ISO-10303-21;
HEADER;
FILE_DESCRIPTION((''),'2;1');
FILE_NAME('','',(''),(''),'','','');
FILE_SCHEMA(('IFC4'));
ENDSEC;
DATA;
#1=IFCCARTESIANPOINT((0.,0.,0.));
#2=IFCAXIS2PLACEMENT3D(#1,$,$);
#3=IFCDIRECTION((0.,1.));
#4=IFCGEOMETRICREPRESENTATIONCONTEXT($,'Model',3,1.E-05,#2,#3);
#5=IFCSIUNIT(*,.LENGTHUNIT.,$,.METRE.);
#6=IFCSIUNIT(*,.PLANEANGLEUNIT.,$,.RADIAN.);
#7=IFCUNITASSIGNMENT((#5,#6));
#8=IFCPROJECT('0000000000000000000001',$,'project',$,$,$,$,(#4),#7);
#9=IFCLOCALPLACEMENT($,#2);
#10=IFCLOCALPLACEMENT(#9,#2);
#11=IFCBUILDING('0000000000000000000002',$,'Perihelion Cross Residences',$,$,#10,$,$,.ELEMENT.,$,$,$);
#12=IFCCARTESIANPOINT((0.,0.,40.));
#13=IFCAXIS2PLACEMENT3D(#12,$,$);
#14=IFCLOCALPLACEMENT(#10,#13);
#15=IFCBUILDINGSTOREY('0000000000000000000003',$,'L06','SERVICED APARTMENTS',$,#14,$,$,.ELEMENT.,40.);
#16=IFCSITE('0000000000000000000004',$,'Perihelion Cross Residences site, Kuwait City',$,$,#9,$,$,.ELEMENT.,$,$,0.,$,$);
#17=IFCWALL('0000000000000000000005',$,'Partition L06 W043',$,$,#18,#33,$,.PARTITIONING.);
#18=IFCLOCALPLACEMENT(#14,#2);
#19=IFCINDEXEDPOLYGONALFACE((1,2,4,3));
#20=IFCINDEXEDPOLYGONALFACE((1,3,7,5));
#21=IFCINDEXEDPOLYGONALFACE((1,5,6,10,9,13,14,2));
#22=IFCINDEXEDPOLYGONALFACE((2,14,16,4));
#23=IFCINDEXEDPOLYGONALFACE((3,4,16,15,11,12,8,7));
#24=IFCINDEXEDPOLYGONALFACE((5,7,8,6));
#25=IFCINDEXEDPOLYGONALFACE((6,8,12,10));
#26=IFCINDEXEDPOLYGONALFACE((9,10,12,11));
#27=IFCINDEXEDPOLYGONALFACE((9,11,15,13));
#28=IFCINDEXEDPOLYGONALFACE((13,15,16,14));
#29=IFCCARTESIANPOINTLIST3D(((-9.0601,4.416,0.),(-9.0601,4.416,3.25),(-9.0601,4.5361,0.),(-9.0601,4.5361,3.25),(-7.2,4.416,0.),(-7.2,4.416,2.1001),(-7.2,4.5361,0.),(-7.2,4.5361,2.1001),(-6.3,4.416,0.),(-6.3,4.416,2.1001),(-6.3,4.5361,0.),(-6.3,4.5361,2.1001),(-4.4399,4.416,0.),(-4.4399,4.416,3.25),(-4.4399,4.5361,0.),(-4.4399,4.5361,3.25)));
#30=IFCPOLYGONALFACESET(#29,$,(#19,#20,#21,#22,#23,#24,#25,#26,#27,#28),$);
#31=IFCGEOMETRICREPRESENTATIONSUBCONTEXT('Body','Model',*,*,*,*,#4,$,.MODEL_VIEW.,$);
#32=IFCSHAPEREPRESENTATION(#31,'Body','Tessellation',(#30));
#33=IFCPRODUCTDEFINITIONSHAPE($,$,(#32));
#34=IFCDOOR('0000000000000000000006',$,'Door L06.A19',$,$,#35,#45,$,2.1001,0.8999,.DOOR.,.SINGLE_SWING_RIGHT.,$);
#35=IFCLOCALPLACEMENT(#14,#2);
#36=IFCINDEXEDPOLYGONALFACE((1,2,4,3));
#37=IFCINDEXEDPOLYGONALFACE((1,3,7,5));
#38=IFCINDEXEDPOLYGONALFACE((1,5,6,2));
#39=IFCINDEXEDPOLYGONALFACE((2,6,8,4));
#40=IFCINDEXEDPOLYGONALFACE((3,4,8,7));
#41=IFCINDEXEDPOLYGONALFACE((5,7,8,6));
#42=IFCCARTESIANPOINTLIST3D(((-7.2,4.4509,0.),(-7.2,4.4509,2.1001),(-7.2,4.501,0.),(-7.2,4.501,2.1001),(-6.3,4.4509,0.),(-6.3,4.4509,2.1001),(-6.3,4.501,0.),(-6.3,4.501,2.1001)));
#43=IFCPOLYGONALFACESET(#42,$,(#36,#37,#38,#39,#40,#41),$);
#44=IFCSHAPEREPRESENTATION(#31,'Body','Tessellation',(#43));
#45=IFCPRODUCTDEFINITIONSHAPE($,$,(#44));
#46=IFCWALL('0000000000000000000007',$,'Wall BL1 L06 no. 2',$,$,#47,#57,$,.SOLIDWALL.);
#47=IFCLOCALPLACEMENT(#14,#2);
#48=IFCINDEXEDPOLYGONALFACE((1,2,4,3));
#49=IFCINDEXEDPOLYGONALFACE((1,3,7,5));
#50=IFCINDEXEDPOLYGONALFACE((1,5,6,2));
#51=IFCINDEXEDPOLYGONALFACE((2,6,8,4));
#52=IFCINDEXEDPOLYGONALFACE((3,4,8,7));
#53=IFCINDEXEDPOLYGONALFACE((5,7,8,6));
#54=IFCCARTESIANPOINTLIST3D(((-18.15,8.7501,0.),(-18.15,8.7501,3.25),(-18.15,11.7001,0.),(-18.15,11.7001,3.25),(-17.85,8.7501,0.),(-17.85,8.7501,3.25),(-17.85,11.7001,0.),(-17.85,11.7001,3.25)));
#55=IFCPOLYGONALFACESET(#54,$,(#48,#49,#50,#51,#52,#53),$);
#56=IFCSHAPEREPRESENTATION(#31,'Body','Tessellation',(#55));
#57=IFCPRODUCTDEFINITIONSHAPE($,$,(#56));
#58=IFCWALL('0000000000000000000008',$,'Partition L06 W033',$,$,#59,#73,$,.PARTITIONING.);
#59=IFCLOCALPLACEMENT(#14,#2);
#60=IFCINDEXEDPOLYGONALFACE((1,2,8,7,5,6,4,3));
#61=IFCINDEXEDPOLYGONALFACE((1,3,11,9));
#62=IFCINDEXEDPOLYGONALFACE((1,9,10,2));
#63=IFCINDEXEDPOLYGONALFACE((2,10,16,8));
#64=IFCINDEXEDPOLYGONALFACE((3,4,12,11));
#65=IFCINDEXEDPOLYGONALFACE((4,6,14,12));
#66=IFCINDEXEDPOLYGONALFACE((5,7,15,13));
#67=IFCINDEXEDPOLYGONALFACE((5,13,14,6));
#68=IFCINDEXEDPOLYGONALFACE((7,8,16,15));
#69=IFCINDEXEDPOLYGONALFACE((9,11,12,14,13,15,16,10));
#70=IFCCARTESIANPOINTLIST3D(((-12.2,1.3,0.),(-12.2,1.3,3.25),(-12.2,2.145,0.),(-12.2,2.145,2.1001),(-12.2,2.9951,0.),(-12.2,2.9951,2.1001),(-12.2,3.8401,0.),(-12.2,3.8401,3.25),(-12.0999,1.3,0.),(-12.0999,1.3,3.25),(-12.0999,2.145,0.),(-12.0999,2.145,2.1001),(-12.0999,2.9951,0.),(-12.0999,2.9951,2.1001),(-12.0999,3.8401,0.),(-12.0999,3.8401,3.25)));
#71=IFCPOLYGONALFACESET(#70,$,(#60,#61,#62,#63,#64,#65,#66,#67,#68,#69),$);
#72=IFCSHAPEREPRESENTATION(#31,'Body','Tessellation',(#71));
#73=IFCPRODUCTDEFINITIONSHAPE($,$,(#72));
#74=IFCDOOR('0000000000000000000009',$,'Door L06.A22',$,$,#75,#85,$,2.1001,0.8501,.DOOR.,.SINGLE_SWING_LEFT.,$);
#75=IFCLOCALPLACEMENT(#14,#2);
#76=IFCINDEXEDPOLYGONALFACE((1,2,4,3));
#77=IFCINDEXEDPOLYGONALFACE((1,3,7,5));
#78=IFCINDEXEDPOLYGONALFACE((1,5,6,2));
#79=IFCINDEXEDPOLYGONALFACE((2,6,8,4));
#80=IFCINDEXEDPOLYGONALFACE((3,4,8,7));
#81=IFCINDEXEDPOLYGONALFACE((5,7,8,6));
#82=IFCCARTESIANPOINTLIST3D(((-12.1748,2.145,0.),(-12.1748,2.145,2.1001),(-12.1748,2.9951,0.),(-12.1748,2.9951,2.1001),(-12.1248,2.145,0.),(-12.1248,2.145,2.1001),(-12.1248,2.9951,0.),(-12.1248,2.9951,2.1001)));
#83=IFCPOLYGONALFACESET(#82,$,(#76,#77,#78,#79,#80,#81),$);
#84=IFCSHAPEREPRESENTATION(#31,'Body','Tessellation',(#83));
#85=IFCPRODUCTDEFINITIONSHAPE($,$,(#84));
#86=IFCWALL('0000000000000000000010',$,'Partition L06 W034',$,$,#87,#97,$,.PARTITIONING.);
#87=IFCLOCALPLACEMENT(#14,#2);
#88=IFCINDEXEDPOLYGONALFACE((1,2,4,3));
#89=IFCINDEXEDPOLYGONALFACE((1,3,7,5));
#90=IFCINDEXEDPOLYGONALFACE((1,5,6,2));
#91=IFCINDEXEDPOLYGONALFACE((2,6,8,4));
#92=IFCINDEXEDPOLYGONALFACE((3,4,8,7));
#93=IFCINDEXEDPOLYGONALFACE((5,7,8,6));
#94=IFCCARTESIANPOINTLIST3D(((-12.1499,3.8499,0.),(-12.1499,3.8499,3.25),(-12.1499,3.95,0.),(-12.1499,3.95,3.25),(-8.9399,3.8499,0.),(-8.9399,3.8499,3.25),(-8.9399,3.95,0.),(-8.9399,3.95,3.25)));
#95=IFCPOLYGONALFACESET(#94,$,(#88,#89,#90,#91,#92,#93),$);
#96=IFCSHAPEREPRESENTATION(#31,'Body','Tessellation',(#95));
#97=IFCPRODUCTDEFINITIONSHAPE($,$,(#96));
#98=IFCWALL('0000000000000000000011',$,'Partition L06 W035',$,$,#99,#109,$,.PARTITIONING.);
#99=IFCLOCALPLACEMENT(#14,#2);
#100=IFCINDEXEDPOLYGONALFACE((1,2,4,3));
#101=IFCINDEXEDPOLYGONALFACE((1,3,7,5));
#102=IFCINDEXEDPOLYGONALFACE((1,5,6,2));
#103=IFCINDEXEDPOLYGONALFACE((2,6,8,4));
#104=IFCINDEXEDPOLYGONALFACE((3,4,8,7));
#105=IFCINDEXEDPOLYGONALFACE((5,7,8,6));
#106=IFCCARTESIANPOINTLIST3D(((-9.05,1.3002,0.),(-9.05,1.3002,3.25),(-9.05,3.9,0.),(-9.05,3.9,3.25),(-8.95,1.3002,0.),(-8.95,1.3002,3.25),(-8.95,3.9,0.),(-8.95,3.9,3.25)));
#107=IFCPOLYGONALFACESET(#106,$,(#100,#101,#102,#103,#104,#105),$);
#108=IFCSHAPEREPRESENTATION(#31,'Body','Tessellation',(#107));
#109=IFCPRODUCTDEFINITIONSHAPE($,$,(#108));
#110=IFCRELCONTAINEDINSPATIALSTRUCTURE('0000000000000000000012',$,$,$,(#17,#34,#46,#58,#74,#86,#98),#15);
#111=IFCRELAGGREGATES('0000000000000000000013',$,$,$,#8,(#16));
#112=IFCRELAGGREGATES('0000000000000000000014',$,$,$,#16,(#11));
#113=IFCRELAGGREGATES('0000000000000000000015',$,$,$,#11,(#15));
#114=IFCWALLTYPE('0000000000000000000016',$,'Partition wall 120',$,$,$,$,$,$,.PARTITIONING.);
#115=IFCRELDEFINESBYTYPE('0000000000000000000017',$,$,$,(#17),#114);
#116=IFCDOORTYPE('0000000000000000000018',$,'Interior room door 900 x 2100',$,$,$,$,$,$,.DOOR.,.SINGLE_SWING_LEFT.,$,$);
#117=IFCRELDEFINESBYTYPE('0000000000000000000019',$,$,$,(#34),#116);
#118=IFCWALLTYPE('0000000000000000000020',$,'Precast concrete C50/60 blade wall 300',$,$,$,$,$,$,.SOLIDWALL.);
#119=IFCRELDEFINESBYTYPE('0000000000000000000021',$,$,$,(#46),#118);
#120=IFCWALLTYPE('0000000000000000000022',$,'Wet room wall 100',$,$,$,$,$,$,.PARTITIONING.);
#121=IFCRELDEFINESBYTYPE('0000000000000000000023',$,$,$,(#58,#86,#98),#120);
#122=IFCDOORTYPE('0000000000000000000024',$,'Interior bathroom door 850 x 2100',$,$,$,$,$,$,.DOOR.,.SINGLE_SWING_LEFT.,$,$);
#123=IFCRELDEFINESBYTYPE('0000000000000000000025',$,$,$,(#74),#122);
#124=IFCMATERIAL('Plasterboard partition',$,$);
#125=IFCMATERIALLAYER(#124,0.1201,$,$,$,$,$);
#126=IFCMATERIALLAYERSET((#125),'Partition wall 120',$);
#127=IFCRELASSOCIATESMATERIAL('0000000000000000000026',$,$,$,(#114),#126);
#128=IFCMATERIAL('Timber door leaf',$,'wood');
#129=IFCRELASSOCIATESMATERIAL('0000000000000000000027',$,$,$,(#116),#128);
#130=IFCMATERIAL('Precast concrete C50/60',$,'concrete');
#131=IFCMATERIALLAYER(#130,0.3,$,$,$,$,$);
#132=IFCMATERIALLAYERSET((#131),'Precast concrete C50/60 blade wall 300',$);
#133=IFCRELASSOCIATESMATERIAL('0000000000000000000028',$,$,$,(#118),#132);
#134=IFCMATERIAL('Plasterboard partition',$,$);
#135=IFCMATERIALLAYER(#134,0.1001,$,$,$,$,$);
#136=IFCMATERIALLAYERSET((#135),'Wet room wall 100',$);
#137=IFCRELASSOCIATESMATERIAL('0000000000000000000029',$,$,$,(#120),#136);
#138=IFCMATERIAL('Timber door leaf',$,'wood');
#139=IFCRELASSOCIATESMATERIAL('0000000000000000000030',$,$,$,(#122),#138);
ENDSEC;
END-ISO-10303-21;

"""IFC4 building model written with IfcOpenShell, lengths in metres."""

from ifc_helpers import new_model, si_unit, direction, frame, frame_2d, origin, place, context, subcontext, project, spatial, rectangle, extrude, material, layer, layer_set, type_object, element, fill, save


model = new_model("IFC4")

# Units and contexts
model_context = context("Model", 3, precision=1e-05, world=origin(), true_north=direction((0.0, 1.0)))
body_context = subcontext(model_context, "Body", "Model", "MODEL_VIEW")
ifc_project = project(units=[si_unit("LENGTHUNIT", "METRE"), si_unit("PLANEANGLEUNIT", "RADIAN")], contexts=[model_context])

# Site, building, storey
site_placement = place(None, origin())
site = spatial("IfcSite", under=ifc_project, at=site_placement, Name="Perihelion Cross Residences site, Kuwait City", CompositionType="ELEMENT", RefElevation=0.0)
building_placement = place(site_placement, origin())
building = spatial("IfcBuilding", under=site, at=building_placement, Name="Perihelion Cross Residences", CompositionType="ELEMENT")
storey_placement = place(building_placement, frame((0.0, 0.0, 40.0)))
storey = spatial("IfcBuildingStorey", under=building, at=storey_placement, Name="L06", Description="SERVICED APARTMENTS", CompositionType="ELEMENT", Elevation=40.0)

# Shared definitions
ifc_material_1 = material(Name="Plasterboard partition")
ifc_layer_1 = layer(ifc_material_1, 0.1201)
ifc_layer_set_1 = layer_set([ifc_layer_1], Name="Partition wall 120")
wall_type_1 = type_object("IfcWallType", Name="Partition wall 120", PredefinedType="PARTITIONING", material=ifc_layer_set_1)
ifc_material_2 = material(Name="Timber door leaf", Category="wood")
door_type_1 = type_object("IfcDoorType", Name="Interior room door 900 x 2100", OperationType="SINGLE_SWING_LEFT", PredefinedType="DOOR", material=ifc_material_2)

# Wall, opening, door
wall_1_placement = place(storey_placement, frame((-9.0601, 4.4761, 0.0), z_axis=(0.0, 0.0, 1.0), x_axis=(1.0, 0.0, 0.0)))
wall_1 = element("IfcWall", 1, at=wall_1_placement, inside=storey, type_object=wall_type_1, Name="Partition L06 W043", PredefinedType="PARTITIONING", context=body_context, shape_type="SweptSolid", body=[
    extrude(rectangle(XDim=4.6201, YDim=0.1201, at=frame_2d((2.3101, 0.0))), origin(), (0.0, 0.0, 1.0), 3.25),
])
opening_1_placement = place(wall_1_placement, frame((1.8601, 0.0, 0.0)))
opening_1 = element("IfcOpeningElement", 2, at=opening_1_placement, cuts=wall_1, PredefinedType="OPENING", context=body_context, shape_type="SweptSolid", body=[
    extrude(rectangle(XDim=0.8999, YDim=2.1001, at=frame_2d((0.45, 1.05))), frame((0.0, 0.0701, 0.0), z_axis=(0.0, -1.0, 0.0), x_axis=(1.0, 0.0, 0.0)), (0.0, 0.0, 1.0), 0.1401),
])
door_1_placement = place(opening_1_placement, origin())
door_1 = element("IfcDoor", 3, at=door_1_placement, inside=storey, type_object=door_type_1, Name="Door L06.A19", OperationType="SINGLE_SWING_RIGHT", OverallHeight=2.1001, OverallWidth=0.8999, PredefinedType="DOOR", context=body_context, shape_type="SweptSolid", body=[
    extrude(rectangle(XDim=0.8999, YDim=2.1001, at=frame_2d((0.45, 1.05))), frame((0.0, 0.0249, 0.0), z_axis=(0.0, -1.0, 0.0), x_axis=(1.0, 0.0, 0.0)), (0.0, 0.0, 1.0), 0.05),
])
fill(opening_1, door_1)

# Wall
ifc_material_3 = material(Name="Precast concrete C50/60", Category="concrete")
ifc_layer_2 = layer(ifc_material_3, 0.3)
ifc_layer_set_2 = layer_set([ifc_layer_2], Name="Precast concrete C50/60 blade wall 300")
wall_type_2 = type_object("IfcWallType", Name="Precast concrete C50/60 blade wall 300", PredefinedType="SOLIDWALL", material=ifc_layer_set_2)
wall_2_placement = place(storey_placement, frame((-18.0, 8.75, 0.0), z_axis=(0.0, 0.0, 1.0), x_axis=(0.0, 1.0, 0.0)))
element("IfcWall", 4, at=wall_2_placement, inside=storey, type_object=wall_type_2, Name="Wall BL1 L06 no. 2", PredefinedType="SOLIDWALL", context=body_context, shape_type="SweptSolid", body=[
    extrude(rectangle(XDim=2.95, YDim=0.3, at=frame_2d((1.4751, 0.0))), origin(), (0.0, 0.0, 1.0), 3.25),
])

# Wall, opening, door
ifc_material_4 = material(Name="Plasterboard partition")
ifc_layer_3 = layer(ifc_material_4, 0.1001)
ifc_layer_set_3 = layer_set([ifc_layer_3], Name="Wet room wall 100")
wall_type_3 = type_object("IfcWallType", Name="Wet room wall 100", PredefinedType="PARTITIONING", material=ifc_layer_set_3)
wall_3_placement = place(storey_placement, frame((-12.1499, 1.3, 0.0), z_axis=(0.0, 0.0, 1.0), x_axis=(0.0, 1.0, 0.0)))
wall_3 = element("IfcWall", 5, at=wall_3_placement, inside=storey, type_object=wall_type_3, Name="Partition L06 W033", PredefinedType="PARTITIONING", context=body_context, shape_type="SweptSolid", body=[
    extrude(rectangle(XDim=2.54, YDim=0.1001, at=frame_2d((1.27, 0.0))), origin(), (0.0, 0.0, 1.0), 3.25),
])
opening_2_placement = place(wall_3_placement, frame((0.845, 0.0, 0.0)))
opening_2 = element("IfcOpeningElement", 6, at=opening_2_placement, cuts=wall_3, PredefinedType="OPENING", context=body_context, shape_type="SweptSolid", body=[
    extrude(rectangle(XDim=0.8501, YDim=2.1001, at=frame_2d((0.425, 1.05))), frame((0.0, 0.0601, 0.0), z_axis=(0.0, -1.0, 0.0), x_axis=(1.0, 0.0, 0.0)), (0.0, 0.0, 1.0), 0.1201),
])
ifc_material_5 = material(Name="Timber door leaf", Category="wood")
door_type_2 = type_object("IfcDoorType", Name="Interior bathroom door 850 x 2100", OperationType="SINGLE_SWING_LEFT", PredefinedType="DOOR", material=ifc_material_5)
door_2_placement = place(opening_2_placement, origin())
door_2 = element("IfcDoor", 7, at=door_2_placement, inside=storey, type_object=door_type_2, Name="Door L06.A22", OperationType="SINGLE_SWING_LEFT", OverallHeight=2.1001, OverallWidth=0.8501, PredefinedType="DOOR", context=body_context, shape_type="SweptSolid", body=[
    extrude(rectangle(XDim=0.8501, YDim=2.1001, at=frame_2d((0.425, 1.05))), frame((0.0, 0.0249, 0.0), z_axis=(0.0, -1.0, 0.0), x_axis=(1.0, 0.0, 0.0)), (0.0, 0.0, 1.0), 0.05),
])
fill(opening_2, door_2)

# Walls
wall_4_placement = place(storey_placement, frame((-12.1499, 3.8999, 0.0), z_axis=(0.0, 0.0, 1.0), x_axis=(1.0, 0.0, 0.0)))
element("IfcWall", 8, at=wall_4_placement, inside=storey, type_object=wall_type_3, Name="Partition L06 W034", PredefinedType="PARTITIONING", context=body_context, shape_type="SweptSolid", body=[
    extrude(rectangle(XDim=3.21, YDim=0.1001, at=frame_2d((1.605, 0.0))), origin(), (0.0, 0.0, 1.0), 3.25),
])
wall_5_placement = place(storey_placement, frame((-9.0, 3.8999, 0.0), z_axis=(0.0, 0.0, 1.0), x_axis=(0.0, -1.0, 0.0)))
element("IfcWall", 9, at=wall_5_placement, inside=storey, type_object=wall_type_3, Name="Partition L06 W035", PredefinedType="PARTITIONING", context=body_context, shape_type="SweptSolid", body=[
    extrude(rectangle(XDim=2.5999, YDim=0.1001, at=frame_2d((1.2998, 0.0))), origin(), (0.0, 0.0, 1.0), 3.25),
])

save(model, "model.ifc")
